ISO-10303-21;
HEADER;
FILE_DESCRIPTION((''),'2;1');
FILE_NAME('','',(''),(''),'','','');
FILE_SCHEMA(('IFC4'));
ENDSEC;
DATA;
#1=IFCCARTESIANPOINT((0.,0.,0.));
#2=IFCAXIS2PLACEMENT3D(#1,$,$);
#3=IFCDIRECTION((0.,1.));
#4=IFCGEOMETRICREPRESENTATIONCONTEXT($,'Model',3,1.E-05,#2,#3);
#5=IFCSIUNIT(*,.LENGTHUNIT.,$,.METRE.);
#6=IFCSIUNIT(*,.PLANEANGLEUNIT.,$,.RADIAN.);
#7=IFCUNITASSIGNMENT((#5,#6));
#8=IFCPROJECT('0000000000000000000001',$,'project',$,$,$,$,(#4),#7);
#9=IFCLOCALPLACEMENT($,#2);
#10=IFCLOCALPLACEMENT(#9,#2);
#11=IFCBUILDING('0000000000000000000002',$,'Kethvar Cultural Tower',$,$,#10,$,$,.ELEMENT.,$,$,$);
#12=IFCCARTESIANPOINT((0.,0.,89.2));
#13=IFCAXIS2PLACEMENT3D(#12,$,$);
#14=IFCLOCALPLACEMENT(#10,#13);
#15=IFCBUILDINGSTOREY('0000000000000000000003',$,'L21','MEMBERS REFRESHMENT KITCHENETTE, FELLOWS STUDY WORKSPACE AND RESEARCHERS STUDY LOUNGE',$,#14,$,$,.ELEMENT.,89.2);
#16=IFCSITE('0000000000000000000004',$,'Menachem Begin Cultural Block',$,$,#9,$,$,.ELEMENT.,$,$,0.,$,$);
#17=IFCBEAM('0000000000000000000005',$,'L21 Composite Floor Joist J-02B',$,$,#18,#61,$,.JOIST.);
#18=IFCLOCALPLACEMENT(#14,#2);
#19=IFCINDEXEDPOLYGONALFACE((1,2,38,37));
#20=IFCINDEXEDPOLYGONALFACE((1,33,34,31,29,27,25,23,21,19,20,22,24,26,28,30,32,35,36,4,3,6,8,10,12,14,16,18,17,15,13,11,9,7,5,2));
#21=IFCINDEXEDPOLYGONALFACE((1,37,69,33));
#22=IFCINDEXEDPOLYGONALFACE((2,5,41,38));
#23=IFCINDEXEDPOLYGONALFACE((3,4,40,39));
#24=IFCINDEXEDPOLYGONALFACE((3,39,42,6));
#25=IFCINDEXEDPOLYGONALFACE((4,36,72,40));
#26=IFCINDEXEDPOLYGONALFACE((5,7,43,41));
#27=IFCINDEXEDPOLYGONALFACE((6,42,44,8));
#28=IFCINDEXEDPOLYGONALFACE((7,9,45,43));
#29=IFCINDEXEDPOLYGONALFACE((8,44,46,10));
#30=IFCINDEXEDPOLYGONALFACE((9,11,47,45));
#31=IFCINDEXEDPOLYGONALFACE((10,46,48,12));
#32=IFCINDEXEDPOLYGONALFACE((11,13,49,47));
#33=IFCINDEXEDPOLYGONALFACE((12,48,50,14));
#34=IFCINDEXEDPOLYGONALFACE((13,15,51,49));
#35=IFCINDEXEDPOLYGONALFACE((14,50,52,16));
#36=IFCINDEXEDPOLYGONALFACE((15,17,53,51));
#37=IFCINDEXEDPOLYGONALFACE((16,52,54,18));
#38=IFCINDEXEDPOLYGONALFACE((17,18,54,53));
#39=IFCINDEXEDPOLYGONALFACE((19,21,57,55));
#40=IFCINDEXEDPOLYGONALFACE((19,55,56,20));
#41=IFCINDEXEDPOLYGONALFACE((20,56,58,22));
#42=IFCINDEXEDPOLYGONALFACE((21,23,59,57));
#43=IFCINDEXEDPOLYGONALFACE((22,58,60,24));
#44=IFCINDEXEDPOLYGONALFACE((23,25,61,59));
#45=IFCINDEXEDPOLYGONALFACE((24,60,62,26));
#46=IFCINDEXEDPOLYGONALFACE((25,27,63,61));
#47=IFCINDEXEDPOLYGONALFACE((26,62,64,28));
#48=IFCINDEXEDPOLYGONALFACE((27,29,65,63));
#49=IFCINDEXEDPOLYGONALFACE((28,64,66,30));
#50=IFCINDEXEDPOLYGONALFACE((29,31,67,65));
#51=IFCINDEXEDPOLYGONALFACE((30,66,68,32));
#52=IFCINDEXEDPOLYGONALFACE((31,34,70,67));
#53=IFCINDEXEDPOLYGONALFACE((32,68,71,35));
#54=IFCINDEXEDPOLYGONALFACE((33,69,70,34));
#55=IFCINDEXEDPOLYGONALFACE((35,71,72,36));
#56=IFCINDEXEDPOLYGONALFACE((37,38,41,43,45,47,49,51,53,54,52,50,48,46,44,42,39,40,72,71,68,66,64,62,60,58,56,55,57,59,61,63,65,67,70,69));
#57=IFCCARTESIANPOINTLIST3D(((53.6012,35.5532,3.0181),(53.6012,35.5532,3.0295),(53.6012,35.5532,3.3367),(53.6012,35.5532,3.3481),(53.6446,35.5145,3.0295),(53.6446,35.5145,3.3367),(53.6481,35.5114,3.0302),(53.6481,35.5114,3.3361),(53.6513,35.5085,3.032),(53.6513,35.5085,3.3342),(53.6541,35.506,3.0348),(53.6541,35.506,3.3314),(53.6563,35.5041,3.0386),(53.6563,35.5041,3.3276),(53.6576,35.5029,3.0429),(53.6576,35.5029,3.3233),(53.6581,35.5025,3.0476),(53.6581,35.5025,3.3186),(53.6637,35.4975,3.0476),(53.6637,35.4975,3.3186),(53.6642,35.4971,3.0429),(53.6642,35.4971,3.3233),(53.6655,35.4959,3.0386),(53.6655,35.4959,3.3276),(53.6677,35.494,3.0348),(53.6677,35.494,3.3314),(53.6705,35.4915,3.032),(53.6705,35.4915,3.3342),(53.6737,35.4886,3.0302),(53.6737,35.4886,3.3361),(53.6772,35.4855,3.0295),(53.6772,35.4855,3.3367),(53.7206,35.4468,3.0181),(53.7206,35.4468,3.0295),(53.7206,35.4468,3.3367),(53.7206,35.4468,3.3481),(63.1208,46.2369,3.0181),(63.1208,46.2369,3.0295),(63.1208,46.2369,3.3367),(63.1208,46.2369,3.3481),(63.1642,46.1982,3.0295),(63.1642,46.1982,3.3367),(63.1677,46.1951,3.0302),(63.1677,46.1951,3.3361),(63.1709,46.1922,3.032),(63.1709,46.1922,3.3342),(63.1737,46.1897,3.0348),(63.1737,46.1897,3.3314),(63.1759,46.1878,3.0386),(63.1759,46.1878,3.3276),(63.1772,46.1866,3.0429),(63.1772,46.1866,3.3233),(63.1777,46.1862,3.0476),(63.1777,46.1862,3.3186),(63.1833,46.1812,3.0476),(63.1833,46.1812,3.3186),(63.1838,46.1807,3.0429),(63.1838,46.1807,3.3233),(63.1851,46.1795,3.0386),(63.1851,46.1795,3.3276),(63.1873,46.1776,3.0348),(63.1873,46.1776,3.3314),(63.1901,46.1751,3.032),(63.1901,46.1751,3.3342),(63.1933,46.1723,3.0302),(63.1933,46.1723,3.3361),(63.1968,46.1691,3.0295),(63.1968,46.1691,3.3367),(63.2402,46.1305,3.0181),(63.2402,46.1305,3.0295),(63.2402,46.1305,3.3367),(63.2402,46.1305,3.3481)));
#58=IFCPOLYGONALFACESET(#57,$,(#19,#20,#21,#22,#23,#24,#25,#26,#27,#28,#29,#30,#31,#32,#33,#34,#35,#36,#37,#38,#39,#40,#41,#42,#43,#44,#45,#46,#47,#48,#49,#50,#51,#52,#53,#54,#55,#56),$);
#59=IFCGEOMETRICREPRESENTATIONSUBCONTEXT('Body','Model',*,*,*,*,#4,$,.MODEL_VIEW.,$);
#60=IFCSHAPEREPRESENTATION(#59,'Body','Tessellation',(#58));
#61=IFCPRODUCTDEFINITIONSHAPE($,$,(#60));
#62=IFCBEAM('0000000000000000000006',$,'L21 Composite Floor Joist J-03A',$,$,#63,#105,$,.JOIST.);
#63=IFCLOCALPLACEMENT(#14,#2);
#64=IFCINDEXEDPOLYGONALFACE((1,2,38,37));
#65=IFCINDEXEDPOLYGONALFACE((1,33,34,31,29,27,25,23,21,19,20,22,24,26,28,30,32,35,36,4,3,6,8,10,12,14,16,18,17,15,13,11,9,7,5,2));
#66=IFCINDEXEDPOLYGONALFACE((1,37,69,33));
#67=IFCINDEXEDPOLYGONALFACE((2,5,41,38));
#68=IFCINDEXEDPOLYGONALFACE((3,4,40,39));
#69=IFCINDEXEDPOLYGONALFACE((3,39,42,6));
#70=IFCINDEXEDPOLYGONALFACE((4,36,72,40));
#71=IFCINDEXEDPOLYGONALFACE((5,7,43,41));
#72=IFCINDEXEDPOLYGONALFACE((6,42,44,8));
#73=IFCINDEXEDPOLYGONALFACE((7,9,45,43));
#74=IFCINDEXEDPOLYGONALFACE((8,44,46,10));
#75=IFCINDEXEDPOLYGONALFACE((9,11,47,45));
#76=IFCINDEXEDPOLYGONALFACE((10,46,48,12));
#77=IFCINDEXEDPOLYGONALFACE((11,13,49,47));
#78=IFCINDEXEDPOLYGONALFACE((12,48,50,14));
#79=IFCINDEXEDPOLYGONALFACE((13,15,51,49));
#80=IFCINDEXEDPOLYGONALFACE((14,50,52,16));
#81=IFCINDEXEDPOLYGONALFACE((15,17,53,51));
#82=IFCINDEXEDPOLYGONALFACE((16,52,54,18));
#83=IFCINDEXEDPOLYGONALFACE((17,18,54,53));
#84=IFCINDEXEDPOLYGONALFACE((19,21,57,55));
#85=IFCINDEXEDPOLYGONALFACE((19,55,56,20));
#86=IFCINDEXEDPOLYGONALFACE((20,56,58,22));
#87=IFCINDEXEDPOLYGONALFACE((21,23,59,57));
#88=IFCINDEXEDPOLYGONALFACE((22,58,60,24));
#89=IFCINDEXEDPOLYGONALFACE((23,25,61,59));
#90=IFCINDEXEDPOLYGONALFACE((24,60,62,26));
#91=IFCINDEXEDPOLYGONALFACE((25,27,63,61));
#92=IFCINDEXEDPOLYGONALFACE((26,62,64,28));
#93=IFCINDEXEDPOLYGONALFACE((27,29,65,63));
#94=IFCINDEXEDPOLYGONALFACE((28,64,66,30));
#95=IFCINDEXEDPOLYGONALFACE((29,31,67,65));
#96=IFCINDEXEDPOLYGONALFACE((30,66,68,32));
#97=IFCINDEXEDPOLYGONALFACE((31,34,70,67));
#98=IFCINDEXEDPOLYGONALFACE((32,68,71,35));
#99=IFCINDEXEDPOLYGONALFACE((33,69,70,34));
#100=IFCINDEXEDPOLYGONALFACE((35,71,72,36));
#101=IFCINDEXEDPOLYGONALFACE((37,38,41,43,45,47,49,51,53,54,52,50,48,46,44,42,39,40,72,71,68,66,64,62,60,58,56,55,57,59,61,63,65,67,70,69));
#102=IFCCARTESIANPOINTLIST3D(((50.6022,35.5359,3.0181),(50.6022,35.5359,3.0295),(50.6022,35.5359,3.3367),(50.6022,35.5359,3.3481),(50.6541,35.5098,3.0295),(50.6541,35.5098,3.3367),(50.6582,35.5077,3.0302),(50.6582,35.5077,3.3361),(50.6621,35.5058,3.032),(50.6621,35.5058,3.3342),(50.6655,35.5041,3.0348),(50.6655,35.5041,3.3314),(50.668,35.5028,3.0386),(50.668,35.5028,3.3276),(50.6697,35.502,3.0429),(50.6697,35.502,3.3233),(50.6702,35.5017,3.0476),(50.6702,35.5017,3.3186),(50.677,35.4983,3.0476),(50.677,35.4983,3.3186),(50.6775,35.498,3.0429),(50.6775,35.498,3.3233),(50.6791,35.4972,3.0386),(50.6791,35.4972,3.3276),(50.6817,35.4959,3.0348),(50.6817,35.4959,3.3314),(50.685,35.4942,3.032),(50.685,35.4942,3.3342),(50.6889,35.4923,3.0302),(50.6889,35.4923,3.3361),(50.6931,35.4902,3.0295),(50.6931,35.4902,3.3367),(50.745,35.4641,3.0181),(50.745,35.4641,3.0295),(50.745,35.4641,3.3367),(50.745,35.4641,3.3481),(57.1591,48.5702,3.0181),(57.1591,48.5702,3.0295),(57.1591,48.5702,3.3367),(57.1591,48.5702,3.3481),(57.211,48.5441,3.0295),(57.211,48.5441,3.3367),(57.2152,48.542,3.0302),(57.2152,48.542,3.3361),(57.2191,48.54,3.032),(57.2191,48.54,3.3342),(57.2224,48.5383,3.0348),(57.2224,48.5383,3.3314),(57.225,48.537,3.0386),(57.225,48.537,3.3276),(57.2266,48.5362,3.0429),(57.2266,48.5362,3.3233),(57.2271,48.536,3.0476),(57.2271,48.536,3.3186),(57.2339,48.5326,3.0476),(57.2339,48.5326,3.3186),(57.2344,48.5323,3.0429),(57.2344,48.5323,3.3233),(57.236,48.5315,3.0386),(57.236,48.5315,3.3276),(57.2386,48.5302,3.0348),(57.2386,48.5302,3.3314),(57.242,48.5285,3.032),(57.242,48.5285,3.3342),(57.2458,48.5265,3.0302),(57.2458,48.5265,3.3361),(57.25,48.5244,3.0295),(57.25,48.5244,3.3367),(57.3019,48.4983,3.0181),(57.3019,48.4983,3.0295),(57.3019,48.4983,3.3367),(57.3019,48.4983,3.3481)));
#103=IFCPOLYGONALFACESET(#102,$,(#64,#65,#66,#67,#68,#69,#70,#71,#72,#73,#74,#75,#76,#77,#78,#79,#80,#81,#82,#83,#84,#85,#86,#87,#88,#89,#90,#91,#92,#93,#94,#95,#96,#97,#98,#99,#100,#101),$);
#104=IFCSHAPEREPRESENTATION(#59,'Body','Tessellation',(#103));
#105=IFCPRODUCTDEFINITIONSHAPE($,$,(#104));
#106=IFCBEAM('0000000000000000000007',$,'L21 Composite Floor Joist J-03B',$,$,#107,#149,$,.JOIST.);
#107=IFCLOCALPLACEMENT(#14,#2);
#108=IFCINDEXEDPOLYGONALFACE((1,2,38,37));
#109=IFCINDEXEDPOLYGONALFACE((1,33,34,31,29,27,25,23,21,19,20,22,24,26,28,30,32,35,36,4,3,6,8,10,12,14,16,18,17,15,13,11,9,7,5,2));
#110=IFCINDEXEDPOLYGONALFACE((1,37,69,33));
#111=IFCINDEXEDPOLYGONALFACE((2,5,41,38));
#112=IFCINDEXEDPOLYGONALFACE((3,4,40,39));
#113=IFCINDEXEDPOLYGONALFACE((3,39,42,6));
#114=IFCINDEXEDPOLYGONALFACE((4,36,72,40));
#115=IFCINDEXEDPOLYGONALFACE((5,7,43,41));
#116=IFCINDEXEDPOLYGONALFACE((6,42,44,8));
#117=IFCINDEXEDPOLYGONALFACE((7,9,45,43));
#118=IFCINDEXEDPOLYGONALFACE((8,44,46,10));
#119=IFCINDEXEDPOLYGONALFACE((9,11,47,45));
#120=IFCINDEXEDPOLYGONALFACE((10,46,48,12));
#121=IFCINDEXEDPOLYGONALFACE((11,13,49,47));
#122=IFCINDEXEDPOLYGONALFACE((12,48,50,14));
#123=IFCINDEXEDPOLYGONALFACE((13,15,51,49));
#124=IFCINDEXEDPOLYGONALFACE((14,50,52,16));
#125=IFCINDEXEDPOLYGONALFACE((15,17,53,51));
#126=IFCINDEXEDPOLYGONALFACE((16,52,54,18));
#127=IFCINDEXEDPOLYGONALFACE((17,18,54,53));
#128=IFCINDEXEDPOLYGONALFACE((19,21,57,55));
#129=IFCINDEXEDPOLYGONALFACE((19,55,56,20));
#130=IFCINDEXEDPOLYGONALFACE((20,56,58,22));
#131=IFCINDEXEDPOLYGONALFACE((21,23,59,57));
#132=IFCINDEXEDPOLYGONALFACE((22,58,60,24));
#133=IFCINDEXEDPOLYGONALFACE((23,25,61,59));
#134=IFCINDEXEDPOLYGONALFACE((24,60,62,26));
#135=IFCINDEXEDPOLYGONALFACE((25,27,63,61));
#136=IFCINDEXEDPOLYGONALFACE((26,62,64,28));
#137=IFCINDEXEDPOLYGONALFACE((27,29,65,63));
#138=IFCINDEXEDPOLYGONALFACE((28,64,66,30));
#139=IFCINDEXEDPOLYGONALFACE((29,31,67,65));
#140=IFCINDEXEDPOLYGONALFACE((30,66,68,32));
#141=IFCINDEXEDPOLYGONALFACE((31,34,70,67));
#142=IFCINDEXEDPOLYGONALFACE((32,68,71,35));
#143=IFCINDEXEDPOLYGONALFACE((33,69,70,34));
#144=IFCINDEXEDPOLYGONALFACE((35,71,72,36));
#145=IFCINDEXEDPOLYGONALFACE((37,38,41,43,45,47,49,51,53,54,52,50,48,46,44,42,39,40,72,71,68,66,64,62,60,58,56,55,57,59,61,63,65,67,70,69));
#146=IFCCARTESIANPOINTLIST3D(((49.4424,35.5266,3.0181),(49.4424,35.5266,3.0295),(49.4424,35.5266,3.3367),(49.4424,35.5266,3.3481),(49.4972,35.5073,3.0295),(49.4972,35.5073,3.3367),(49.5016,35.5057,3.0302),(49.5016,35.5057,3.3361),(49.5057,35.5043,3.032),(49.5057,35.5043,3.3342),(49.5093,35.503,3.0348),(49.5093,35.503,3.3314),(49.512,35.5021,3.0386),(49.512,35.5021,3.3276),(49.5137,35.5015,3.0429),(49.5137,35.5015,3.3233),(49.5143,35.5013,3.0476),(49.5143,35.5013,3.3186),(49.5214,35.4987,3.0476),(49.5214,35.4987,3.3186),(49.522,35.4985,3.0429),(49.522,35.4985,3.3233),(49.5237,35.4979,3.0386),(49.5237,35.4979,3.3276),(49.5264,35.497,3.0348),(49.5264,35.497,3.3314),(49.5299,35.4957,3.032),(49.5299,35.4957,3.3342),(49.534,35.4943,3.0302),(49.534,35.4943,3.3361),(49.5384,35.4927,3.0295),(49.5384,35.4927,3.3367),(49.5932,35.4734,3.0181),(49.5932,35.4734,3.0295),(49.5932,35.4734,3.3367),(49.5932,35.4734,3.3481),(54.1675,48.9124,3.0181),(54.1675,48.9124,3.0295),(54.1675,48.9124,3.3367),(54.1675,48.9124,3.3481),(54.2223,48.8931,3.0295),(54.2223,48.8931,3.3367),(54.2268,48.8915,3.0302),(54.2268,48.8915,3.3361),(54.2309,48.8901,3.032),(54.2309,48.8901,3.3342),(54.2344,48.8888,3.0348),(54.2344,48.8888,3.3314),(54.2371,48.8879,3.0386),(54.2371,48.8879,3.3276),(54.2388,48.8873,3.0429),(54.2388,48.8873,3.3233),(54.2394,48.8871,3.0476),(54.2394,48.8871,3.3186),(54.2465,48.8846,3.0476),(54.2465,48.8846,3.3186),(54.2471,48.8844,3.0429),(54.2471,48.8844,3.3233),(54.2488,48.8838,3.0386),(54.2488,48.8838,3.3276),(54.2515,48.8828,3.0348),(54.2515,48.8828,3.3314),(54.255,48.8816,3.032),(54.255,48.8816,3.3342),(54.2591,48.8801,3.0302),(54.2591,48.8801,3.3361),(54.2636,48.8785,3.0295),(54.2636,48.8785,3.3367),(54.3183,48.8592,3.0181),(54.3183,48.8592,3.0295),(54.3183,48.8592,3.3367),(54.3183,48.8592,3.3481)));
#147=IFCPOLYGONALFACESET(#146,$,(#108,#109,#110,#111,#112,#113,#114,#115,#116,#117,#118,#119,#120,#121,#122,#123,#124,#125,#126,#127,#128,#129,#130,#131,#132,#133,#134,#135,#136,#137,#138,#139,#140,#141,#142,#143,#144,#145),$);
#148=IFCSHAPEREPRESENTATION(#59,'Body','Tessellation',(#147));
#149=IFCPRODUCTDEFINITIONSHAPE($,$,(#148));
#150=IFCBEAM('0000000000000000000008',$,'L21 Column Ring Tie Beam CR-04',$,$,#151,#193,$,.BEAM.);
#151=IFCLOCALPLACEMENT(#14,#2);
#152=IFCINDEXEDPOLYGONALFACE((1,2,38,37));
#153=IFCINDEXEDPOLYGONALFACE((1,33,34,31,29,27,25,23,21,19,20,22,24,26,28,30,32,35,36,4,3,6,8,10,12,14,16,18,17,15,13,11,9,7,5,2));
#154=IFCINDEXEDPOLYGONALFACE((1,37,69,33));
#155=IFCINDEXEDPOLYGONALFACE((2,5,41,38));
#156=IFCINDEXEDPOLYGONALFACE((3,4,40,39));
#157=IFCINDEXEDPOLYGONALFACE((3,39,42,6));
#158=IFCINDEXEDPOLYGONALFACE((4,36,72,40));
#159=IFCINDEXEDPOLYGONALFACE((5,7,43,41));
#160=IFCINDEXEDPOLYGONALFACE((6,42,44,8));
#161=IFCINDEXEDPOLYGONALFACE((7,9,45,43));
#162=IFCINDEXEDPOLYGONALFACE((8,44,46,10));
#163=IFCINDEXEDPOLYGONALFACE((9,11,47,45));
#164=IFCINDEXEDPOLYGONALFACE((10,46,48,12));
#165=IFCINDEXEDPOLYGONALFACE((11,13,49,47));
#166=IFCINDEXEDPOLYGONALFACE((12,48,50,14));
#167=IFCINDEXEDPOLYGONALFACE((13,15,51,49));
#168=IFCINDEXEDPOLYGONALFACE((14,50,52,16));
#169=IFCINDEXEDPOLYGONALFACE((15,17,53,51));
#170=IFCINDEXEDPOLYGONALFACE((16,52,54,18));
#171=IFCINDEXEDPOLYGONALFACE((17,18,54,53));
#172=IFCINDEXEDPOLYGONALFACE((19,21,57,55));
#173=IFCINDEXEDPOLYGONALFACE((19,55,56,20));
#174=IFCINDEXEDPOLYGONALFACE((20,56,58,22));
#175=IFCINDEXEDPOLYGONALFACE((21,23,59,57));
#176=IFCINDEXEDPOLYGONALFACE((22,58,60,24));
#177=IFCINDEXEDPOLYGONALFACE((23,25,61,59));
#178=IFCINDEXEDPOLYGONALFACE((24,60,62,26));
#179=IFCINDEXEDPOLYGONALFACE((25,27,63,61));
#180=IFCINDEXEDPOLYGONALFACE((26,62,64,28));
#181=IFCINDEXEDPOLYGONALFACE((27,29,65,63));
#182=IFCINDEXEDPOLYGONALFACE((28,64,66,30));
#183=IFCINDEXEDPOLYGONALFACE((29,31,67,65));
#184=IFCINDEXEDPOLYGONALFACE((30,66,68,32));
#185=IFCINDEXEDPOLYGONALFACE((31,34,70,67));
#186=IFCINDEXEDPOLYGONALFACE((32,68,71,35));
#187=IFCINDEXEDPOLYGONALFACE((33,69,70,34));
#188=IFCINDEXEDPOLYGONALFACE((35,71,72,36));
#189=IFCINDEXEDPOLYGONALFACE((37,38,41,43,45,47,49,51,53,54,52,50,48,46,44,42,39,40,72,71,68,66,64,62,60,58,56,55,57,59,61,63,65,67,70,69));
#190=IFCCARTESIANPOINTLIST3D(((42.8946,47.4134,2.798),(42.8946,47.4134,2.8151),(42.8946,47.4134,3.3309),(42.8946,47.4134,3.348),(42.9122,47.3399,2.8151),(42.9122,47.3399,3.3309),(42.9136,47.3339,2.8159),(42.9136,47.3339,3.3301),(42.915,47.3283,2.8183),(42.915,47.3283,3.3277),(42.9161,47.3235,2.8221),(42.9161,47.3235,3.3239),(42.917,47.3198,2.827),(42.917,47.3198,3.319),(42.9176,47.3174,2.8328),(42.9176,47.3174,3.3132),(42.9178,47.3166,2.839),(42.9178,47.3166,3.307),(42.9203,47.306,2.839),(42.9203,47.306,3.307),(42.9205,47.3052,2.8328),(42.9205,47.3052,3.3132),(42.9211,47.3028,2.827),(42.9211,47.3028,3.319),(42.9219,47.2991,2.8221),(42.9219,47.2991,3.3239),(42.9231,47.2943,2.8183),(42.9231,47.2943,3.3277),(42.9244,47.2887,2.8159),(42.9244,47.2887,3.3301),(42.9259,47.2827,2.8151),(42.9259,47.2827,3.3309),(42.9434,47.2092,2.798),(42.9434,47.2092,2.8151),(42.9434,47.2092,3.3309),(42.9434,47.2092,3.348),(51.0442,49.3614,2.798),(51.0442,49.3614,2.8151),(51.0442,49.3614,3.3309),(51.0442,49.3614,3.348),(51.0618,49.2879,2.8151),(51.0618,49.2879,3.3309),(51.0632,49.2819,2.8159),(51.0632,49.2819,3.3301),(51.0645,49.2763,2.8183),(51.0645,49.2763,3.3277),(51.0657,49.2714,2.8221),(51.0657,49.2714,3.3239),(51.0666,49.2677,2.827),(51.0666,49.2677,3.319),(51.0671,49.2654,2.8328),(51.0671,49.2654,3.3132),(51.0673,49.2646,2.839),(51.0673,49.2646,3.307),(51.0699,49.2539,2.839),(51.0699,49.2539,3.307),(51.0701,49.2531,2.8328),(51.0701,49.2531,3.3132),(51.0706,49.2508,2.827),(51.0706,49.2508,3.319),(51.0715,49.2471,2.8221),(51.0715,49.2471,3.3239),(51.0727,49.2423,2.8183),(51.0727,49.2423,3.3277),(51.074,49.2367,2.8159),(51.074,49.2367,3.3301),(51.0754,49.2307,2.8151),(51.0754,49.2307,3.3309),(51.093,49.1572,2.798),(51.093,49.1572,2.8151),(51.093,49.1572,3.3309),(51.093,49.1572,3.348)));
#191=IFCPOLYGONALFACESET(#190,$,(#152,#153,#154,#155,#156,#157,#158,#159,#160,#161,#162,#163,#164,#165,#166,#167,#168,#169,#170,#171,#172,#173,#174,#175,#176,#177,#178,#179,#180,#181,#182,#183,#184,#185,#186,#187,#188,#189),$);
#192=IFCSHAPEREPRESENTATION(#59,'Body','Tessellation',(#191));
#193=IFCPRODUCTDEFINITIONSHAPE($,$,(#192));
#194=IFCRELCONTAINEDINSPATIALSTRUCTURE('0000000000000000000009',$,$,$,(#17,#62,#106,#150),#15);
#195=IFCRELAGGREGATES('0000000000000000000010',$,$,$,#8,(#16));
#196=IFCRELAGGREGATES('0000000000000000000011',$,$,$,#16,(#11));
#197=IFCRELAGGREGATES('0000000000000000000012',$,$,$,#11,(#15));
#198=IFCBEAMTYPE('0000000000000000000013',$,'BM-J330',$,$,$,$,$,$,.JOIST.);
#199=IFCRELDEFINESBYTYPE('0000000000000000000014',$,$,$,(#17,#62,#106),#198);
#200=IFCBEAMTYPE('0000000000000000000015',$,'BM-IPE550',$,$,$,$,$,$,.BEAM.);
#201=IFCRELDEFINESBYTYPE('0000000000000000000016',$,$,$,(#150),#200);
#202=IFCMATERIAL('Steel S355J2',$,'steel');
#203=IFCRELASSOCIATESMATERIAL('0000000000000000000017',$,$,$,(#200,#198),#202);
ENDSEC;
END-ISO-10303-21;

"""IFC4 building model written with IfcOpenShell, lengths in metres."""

from ifc_helpers import new_model, si_unit, direction, frame, origin, origin_2d, place, context, subcontext, project, spatial, i_section, extrude, source, transform, mapped, material, material_profile, profile_set, type_object, element, save


model = new_model("IFC4")

# Units and contexts
model_context = context("Model", 3, precision=1e-05, world=origin(), true_north=direction((0.0, 1.0)))
body_context = subcontext(model_context, "Body", "Model", "MODEL_VIEW")
ifc_project = project(units=[si_unit("LENGTHUNIT", "METRE"), si_unit("PLANEANGLEUNIT", "RADIAN")], contexts=[model_context])

# Site, building, storey
site_placement = place(None, origin())
site = spatial("IfcSite", under=ifc_project, at=site_placement, Name="Menachem Begin Cultural Block", CompositionType="ELEMENT", RefElevation=0.0)
building_placement = place(site_placement, origin())
building = spatial("IfcBuilding", under=site, at=building_placement, Name="Kethvar Cultural Tower", CompositionType="ELEMENT")
storey_placement = place(building_placement, frame((0.0, 0.0, 89.2)))
storey = spatial("IfcBuildingStorey", under=building, at=storey_placement, Name="L21", Description="MEMBERS REFRESHMENT KITCHENETTE, FELLOWS STUDY WORKSPACE AND RESEARCHERS STUDY LOUNGE", CompositionType="ELEMENT", Elevation=89.2)

# Beams
ifc_material_1 = material(Name="Steel S355J2", Category="steel")
ifc_material_profile_1 = material_profile(ifc_material_1, i_section(OverallWidth=0.21, OverallDepth=0.55, WebThickness=0.011, FlangeThickness=0.0171, FilletRadius=0.0239, at=origin_2d()), Name="Steel S355J2 — IPE550")
ifc_profile_set_1 = profile_set([ifc_material_profile_1], Name="Steel S355J2 — IPE550")
beam_type_1 = type_object("IfcBeamType", Name="BM-IPE550", PredefinedType="BEAM", material=ifc_profile_set_1)
ifc_material_profile_2 = material_profile(ifc_material_1, i_section(OverallWidth=0.1599, OverallDepth=0.3301, WebThickness=0.0076, FlangeThickness=0.0115, FilletRadius=0.0181, at=origin_2d()), Name="Steel S355J2 — IPE330")
ifc_profile_set_2 = profile_set([ifc_material_profile_2], Name="Steel S355J2 — IPE330")
beam_type_2 = type_object("IfcBeamType", Name="BM-J330", PredefinedType="JOIST", material=ifc_profile_set_2)
shared_shape_1 = source(origin(), body_context, "Body", "SweptSolid", [
    extrude(i_section(OverallWidth=0.1599, OverallDepth=0.3301, WebThickness=0.0076, FlangeThickness=0.0115, FilletRadius=0.0181, at=origin_2d()), origin(), (0.0, 0.0, 1.0), 14.3096),
])
beam_1_placement = place(storey_placement, frame((53.6609, 35.5, 3.1831), z_axis=(0.665261, 0.746611, 0.0), x_axis=(-0.746611, 0.665261, 0.0)))
element("IfcBeam", 1, at=beam_1_placement, inside=storey, type_object=beam_type_2, Name="L21 Composite Floor Joist J-02B", PredefinedType="JOIST", context=body_context, shape_type="MappedRepresentation", body=[
    mapped(shared_shape_1, transform((0.0, 0.0, 0.0), scale=1.0)),
])
shared_shape_2 = source(origin(), body_context, "Body", "SweptSolid", [
    extrude(i_section(OverallWidth=0.1599, OverallDepth=0.3301, WebThickness=0.0076, FlangeThickness=0.0115, FilletRadius=0.0181, at=origin_2d()), origin(), (0.0, 0.0, 1.0), 14.5906),
])
beam_2_placement = place(storey_placement, frame((50.6736, 35.5, 3.1831), z_axis=(0.449394, 0.893334, 0.0), x_axis=(-0.893334, 0.449394, 0.0)))
element("IfcBeam", 2, at=beam_2_placement, inside=storey, type_object=beam_type_2, Name="L21 Composite Floor Joist J-03A", PredefinedType="JOIST", context=body_context, shape_type="MappedRepresentation", body=[
    mapped(shared_shape_2, transform((0.0, 0.0, 0.0), scale=1.0)),
])
shared_shape_3 = source(origin(), body_context, "Body", "SweptSolid", [
    extrude(i_section(OverallWidth=0.1599, OverallDepth=0.3301, WebThickness=0.0076, FlangeThickness=0.0115, FilletRadius=0.0181, at=origin_2d()), origin(), (0.0, 0.0, 1.0), 14.1953),
])
beam_3_placement = place(storey_placement, frame((49.5178, 35.5, 3.1831), z_axis=(0.332865, 0.942974, 0.0), x_axis=(-0.942974, 0.332865, 0.0)))
element("IfcBeam", 3, at=beam_3_placement, inside=storey, type_object=beam_type_2, Name="L21 Composite Floor Joist J-03B", PredefinedType="JOIST", context=body_context, shape_type="MappedRepresentation", body=[
    mapped(shared_shape_3, transform((0.0, 0.0, 0.0), scale=1.0)),
])
shared_shape_4 = source(origin(), body_context, "Body", "SweptSolid", [
    extrude(i_section(OverallWidth=0.21, OverallDepth=0.55, WebThickness=0.011, FlangeThickness=0.0171, FilletRadius=0.0239, at=origin_2d()), origin(), (0.0, 0.0, 1.0), 8.3792),
])
beam_4_placement = place(storey_placement, frame((51.0686, 49.2593, 3.073), z_axis=(-0.972601, -0.232479, 0.0), x_axis=(0.232479, -0.972601, 0.0)))
element("IfcBeam", 4, at=beam_4_placement, inside=storey, type_object=beam_type_1, Name="L21 Column Ring Tie Beam CR-04", PredefinedType="BEAM", context=body_context, shape_type="MappedRepresentation", body=[
    mapped(shared_shape_4, transform((0.0, 0.0, 0.0), scale=1.0)),
])

save(model, "model.ifc")
